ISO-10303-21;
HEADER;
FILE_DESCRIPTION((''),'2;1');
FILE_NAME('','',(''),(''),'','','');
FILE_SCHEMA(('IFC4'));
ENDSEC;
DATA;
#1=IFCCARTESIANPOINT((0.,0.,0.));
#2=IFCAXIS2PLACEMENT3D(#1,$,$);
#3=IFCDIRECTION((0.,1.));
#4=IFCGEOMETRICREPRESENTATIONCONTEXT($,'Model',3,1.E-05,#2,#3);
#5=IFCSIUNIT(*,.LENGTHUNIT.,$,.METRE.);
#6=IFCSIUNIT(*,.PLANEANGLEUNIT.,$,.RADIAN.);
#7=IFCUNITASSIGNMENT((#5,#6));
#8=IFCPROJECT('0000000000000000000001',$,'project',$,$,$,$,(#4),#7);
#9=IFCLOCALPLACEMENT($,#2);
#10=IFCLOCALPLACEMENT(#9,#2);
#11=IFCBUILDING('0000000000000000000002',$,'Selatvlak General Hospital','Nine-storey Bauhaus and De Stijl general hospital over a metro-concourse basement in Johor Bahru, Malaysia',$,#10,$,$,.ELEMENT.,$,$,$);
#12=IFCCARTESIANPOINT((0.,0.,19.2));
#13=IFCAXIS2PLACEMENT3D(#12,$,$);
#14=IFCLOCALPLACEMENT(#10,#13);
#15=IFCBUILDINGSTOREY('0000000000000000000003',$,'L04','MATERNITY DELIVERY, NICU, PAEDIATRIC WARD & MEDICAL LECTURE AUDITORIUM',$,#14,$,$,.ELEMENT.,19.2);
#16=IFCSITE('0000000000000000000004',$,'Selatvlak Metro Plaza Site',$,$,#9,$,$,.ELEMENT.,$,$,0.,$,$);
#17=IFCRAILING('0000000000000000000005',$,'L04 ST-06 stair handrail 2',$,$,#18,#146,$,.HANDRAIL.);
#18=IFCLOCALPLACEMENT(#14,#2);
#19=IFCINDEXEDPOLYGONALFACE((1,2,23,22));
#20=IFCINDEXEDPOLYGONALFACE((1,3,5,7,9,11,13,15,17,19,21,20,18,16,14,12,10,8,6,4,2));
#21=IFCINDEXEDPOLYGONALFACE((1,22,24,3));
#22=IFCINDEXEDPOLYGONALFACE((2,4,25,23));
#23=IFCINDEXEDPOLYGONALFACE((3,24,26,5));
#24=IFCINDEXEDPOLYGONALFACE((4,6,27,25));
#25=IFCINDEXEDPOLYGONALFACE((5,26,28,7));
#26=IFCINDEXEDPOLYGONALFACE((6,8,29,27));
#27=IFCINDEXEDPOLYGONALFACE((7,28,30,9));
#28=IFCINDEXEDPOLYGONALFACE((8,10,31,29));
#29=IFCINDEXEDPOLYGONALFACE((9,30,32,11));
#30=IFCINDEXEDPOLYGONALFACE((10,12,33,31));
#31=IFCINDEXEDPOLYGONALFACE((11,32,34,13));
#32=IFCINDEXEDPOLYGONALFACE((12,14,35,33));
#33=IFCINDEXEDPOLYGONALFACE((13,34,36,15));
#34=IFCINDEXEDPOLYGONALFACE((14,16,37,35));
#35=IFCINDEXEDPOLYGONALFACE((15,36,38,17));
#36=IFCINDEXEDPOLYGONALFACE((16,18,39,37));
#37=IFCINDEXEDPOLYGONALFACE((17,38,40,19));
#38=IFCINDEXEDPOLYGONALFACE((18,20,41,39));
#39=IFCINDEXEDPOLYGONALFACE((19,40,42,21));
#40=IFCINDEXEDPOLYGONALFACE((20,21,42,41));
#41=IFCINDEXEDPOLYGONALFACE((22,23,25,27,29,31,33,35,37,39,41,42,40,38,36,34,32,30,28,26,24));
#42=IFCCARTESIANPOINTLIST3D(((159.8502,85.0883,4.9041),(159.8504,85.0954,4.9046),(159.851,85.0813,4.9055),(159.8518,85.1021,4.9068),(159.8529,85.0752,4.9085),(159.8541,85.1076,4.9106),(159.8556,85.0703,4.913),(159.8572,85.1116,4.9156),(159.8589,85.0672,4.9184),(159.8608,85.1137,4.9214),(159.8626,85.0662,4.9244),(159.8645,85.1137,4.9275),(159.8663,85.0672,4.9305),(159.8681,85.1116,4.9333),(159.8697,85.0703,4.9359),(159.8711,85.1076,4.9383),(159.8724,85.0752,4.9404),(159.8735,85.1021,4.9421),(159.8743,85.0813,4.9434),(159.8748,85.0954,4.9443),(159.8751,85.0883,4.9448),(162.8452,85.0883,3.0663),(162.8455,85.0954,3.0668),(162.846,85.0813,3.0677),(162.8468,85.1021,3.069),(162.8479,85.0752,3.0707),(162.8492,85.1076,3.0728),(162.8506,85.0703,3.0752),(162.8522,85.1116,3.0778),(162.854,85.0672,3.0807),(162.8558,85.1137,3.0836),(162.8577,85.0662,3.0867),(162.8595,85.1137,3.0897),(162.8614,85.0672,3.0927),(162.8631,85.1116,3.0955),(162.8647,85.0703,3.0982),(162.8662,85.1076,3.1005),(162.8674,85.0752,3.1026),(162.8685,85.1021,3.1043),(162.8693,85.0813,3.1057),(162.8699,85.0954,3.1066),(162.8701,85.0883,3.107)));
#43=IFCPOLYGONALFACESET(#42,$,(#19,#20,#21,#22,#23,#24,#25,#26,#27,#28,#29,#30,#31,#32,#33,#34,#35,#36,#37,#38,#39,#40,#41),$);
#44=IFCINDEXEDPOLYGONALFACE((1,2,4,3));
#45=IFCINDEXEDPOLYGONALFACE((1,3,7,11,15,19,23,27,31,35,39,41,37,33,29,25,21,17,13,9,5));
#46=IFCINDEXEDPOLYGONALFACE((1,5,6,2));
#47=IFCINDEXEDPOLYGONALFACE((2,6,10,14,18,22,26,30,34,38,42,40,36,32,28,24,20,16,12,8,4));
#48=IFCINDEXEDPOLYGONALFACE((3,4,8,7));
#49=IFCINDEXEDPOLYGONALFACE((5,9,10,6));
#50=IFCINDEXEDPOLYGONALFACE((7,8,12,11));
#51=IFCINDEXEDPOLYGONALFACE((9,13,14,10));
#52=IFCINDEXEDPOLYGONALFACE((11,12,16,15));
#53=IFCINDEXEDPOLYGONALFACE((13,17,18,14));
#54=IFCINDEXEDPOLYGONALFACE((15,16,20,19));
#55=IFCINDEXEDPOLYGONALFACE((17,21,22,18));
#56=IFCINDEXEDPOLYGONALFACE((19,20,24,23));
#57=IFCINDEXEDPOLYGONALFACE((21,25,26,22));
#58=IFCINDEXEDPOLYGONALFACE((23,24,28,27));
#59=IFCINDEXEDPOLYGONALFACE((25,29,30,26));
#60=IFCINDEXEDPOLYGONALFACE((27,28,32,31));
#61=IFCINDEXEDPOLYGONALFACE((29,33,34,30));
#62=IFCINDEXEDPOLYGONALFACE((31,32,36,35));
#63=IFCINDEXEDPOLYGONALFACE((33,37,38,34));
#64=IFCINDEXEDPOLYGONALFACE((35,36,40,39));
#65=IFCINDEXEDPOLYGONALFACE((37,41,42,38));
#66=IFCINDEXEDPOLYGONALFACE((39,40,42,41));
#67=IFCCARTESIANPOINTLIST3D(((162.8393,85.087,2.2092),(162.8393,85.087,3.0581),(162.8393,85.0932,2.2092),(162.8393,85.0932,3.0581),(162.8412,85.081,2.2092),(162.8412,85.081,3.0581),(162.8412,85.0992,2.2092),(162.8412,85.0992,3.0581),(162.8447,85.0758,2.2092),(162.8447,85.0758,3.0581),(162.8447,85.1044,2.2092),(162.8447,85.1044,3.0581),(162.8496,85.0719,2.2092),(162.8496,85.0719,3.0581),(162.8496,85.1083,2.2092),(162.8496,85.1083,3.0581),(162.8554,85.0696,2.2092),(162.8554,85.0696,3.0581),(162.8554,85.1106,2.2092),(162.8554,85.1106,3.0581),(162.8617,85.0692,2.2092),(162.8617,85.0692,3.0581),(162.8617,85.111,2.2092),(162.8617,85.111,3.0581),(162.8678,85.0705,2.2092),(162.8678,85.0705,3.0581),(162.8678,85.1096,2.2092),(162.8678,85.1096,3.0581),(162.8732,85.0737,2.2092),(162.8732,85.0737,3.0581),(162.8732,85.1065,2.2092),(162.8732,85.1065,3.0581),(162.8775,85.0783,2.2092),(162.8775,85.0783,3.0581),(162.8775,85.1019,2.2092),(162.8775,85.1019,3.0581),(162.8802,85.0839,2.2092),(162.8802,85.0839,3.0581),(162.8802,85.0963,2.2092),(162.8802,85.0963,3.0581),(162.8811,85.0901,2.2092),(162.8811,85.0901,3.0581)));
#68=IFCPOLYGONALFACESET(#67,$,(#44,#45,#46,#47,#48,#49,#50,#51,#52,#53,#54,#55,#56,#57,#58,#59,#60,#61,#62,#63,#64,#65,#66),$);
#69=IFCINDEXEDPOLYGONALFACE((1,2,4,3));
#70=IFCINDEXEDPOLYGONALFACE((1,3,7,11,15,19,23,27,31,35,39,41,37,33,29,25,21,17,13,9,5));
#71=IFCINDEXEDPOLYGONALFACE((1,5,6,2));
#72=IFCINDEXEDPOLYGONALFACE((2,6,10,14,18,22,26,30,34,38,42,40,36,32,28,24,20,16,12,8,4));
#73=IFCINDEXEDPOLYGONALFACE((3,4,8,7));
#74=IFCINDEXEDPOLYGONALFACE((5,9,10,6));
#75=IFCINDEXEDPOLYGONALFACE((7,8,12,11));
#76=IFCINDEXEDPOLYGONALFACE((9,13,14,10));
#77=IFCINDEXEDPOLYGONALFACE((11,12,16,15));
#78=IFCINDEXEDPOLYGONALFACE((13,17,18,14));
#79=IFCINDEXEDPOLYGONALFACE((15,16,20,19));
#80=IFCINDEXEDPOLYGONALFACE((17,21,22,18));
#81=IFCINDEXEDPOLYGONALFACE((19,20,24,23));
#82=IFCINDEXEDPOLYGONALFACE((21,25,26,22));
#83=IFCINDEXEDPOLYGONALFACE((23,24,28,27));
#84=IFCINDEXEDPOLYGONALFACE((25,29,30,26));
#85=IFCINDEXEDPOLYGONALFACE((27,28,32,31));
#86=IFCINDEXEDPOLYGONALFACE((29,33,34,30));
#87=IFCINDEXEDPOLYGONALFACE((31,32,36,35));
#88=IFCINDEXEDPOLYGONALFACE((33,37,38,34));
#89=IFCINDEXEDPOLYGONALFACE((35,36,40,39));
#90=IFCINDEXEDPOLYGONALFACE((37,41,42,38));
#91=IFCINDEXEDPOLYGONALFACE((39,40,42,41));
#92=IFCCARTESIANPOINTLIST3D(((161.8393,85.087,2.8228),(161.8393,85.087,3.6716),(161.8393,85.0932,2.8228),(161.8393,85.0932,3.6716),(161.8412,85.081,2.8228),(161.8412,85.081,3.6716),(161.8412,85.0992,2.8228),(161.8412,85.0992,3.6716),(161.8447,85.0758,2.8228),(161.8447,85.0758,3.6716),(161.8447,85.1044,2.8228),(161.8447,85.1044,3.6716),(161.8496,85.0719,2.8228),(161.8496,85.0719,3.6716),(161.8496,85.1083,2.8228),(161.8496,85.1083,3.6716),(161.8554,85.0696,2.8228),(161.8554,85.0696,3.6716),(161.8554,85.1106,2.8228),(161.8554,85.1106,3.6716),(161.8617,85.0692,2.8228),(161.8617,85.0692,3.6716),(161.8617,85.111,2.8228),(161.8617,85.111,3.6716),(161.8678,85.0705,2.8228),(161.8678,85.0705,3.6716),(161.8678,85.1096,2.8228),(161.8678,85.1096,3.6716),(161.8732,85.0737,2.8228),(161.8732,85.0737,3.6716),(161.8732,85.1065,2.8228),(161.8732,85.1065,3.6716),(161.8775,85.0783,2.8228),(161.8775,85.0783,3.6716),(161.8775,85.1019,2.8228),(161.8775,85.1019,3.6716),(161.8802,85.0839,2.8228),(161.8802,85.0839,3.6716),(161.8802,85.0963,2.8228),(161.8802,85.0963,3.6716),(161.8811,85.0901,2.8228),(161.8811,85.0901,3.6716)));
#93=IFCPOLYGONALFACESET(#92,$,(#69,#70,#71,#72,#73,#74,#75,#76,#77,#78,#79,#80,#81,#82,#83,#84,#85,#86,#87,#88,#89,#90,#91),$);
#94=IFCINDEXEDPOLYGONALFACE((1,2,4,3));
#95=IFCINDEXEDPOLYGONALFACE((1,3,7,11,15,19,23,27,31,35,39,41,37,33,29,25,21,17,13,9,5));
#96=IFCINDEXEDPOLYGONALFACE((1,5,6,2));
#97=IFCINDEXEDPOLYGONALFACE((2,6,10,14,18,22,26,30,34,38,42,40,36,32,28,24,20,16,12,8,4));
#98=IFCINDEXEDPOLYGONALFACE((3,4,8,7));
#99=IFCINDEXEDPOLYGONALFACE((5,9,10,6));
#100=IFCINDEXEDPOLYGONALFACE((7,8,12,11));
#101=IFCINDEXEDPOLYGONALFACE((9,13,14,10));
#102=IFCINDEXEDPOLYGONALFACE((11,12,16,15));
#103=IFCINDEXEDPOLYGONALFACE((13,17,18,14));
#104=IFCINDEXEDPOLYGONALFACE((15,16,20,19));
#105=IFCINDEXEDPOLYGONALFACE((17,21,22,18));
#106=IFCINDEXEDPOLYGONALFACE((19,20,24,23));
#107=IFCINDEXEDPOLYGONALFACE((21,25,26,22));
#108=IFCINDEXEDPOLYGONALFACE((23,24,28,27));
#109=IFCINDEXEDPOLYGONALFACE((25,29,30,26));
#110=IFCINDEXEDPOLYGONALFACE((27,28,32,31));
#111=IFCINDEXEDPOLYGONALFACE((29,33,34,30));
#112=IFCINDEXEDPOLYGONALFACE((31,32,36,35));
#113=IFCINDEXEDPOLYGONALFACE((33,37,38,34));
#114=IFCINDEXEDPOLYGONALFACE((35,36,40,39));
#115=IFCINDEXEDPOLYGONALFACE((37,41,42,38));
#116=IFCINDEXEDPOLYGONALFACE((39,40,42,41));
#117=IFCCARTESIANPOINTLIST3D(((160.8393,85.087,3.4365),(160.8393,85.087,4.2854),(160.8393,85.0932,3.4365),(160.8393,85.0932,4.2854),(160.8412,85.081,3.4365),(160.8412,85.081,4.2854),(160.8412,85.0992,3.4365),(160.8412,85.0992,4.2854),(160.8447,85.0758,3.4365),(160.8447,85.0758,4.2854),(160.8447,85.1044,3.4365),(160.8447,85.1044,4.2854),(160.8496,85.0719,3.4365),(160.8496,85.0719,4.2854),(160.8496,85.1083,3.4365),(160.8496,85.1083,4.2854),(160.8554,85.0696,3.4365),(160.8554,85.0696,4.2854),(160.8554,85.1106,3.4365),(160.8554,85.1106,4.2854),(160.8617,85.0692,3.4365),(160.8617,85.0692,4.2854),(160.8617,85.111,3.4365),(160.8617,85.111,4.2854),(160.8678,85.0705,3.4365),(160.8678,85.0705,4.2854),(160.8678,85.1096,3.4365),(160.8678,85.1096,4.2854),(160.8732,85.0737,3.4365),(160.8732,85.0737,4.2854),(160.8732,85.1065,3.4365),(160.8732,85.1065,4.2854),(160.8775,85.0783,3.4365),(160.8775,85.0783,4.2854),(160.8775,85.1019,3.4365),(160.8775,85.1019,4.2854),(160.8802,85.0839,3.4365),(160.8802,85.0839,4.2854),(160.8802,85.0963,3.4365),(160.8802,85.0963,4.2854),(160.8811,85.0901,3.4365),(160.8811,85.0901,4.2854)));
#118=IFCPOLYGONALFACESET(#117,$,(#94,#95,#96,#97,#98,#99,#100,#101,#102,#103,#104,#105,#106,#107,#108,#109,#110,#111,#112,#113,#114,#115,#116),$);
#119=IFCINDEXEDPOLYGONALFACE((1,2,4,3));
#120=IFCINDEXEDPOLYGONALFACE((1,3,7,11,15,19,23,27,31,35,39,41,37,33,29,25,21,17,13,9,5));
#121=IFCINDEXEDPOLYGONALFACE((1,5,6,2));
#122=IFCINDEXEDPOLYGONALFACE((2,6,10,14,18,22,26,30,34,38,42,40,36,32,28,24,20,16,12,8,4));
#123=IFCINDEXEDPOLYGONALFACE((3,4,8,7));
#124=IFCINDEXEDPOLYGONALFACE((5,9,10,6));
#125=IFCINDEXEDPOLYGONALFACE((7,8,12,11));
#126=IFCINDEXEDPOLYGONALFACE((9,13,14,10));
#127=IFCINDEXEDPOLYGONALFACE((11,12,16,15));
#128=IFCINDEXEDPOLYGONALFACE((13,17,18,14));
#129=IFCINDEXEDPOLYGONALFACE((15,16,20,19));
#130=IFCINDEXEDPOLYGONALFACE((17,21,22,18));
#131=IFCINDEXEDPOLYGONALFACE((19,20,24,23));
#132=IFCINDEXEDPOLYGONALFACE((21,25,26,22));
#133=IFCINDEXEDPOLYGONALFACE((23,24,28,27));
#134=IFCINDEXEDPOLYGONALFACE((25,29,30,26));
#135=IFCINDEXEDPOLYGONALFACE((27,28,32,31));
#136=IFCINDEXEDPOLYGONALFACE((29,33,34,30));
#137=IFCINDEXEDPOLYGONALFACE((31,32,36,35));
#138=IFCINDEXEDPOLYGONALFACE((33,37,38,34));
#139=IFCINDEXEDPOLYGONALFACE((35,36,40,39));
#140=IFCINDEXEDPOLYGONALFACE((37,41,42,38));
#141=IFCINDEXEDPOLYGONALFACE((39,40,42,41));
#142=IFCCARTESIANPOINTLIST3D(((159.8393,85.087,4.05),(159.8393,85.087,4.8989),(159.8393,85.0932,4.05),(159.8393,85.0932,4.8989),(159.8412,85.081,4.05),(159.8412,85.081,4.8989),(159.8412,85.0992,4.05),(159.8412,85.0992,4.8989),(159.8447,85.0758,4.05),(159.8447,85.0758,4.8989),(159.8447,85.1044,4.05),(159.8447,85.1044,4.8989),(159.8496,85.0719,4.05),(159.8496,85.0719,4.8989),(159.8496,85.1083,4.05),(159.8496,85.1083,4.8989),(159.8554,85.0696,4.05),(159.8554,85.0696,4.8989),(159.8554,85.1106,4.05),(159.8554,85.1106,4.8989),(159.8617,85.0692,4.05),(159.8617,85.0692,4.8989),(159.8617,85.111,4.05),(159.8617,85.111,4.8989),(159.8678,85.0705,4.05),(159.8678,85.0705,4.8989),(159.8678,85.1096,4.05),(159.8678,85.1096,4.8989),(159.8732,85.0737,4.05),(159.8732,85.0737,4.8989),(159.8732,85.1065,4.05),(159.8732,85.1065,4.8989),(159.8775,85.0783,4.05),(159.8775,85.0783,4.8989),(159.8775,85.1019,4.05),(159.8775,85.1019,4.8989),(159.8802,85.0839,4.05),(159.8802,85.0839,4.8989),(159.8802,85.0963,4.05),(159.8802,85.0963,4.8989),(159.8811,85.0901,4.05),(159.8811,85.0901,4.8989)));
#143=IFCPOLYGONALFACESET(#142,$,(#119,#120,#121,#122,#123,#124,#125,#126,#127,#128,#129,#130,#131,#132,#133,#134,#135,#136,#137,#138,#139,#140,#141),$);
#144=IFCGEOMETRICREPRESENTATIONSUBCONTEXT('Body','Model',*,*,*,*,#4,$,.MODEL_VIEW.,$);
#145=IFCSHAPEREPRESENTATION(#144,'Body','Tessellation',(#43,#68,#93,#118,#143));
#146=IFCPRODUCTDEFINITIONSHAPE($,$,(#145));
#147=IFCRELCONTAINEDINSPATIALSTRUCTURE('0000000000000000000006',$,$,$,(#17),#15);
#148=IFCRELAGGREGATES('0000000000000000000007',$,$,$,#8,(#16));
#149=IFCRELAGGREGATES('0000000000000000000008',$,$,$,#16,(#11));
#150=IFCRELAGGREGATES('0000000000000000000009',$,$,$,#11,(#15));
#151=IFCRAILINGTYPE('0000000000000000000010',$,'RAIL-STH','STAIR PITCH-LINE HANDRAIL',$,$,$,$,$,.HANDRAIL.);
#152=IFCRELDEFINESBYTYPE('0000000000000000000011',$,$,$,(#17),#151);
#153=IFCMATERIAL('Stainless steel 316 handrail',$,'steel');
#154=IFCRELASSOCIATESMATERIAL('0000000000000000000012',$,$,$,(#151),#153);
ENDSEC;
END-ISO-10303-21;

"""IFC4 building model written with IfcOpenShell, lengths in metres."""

from ifc_helpers import new_model, si_unit, direction, frame, origin, origin_2d, place, context, subcontext, project, spatial, circle, extrude, material, type_object, element, save


model = new_model("IFC4")

# Units and contexts
model_context = context("Model", 3, precision=1e-05, world=origin(), true_north=direction((0.0, 1.0)))
body_context = subcontext(model_context, "Body", "Model", "MODEL_VIEW")
ifc_project = project(units=[si_unit("LENGTHUNIT", "METRE"), si_unit("PLANEANGLEUNIT", "RADIAN")], contexts=[model_context])

# Site, building, storey
site_placement = place(None, origin())
site = spatial("IfcSite", under=ifc_project, at=site_placement, Name="Selatvlak Metro Plaza Site", CompositionType="ELEMENT", RefElevation=0.0)
building_placement = place(site_placement, origin())
building = spatial("IfcBuilding", under=site, at=building_placement, Name="Selatvlak General Hospital", Description="Nine-storey Bauhaus and De Stijl general hospital over a metro-concourse basement in Johor Bahru, Malaysia", CompositionType="ELEMENT")
storey_placement = place(building_placement, frame((0.0, 0.0, 19.2)))
storey = spatial("IfcBuildingStorey", under=building, at=storey_placement, Name="L04", Description="MATERNITY DELIVERY, NICU, PAEDIATRIC WARD & MEDICAL LECTURE AUDITORIUM", CompositionType="ELEMENT", Elevation=19.2)

# Railing
ifc_material_1 = material(Name="Stainless steel 316 handrail", Category="steel")
railing_type_1 = type_object("IfcRailingType", Name="RAIL-STH", Description="STAIR PITCH-LINE HANDRAIL", PredefinedType="HANDRAIL", material=ifc_material_1)
railing_1_placement = place(storey_placement, frame((162.8601, 85.0901, 2.2092)))
element("IfcRailing", 1, at=railing_1_placement, inside=storey, type_object=railing_type_1, Name="L04 ST-06 stair handrail 2", PredefinedType="HANDRAIL", context=body_context, shape_type="SweptSolid", body=[
    extrude(circle(Radius=0.0239, at=origin_2d()), frame((-0.0024, 0.0, 0.8774), z_axis=(-0.852334, 0.0, 0.522998), x_axis=(0.0, -1.0, 0.0)), (0.0, 0.0, 1.0), 3.5139),
    extrude(circle(Radius=0.021, at=origin_2d()), origin(), (0.0, 0.0, 1.0), 0.8489),
    extrude(circle(Radius=0.021, at=origin_2d()), frame((-1.0, 0.0, 0.6135)), (0.0, 0.0, 1.0), 0.8489),
    extrude(circle(Radius=0.021, at=origin_2d()), frame((-2.0, 0.0, 1.2273)), (0.0, 0.0, 1.0), 0.8489),
    extrude(circle(Radius=0.021, at=origin_2d()), frame((-3.0, 0.0, 1.8408)), (0.0, 0.0, 1.0), 0.8489),
])

save(model, "model.ifc")
